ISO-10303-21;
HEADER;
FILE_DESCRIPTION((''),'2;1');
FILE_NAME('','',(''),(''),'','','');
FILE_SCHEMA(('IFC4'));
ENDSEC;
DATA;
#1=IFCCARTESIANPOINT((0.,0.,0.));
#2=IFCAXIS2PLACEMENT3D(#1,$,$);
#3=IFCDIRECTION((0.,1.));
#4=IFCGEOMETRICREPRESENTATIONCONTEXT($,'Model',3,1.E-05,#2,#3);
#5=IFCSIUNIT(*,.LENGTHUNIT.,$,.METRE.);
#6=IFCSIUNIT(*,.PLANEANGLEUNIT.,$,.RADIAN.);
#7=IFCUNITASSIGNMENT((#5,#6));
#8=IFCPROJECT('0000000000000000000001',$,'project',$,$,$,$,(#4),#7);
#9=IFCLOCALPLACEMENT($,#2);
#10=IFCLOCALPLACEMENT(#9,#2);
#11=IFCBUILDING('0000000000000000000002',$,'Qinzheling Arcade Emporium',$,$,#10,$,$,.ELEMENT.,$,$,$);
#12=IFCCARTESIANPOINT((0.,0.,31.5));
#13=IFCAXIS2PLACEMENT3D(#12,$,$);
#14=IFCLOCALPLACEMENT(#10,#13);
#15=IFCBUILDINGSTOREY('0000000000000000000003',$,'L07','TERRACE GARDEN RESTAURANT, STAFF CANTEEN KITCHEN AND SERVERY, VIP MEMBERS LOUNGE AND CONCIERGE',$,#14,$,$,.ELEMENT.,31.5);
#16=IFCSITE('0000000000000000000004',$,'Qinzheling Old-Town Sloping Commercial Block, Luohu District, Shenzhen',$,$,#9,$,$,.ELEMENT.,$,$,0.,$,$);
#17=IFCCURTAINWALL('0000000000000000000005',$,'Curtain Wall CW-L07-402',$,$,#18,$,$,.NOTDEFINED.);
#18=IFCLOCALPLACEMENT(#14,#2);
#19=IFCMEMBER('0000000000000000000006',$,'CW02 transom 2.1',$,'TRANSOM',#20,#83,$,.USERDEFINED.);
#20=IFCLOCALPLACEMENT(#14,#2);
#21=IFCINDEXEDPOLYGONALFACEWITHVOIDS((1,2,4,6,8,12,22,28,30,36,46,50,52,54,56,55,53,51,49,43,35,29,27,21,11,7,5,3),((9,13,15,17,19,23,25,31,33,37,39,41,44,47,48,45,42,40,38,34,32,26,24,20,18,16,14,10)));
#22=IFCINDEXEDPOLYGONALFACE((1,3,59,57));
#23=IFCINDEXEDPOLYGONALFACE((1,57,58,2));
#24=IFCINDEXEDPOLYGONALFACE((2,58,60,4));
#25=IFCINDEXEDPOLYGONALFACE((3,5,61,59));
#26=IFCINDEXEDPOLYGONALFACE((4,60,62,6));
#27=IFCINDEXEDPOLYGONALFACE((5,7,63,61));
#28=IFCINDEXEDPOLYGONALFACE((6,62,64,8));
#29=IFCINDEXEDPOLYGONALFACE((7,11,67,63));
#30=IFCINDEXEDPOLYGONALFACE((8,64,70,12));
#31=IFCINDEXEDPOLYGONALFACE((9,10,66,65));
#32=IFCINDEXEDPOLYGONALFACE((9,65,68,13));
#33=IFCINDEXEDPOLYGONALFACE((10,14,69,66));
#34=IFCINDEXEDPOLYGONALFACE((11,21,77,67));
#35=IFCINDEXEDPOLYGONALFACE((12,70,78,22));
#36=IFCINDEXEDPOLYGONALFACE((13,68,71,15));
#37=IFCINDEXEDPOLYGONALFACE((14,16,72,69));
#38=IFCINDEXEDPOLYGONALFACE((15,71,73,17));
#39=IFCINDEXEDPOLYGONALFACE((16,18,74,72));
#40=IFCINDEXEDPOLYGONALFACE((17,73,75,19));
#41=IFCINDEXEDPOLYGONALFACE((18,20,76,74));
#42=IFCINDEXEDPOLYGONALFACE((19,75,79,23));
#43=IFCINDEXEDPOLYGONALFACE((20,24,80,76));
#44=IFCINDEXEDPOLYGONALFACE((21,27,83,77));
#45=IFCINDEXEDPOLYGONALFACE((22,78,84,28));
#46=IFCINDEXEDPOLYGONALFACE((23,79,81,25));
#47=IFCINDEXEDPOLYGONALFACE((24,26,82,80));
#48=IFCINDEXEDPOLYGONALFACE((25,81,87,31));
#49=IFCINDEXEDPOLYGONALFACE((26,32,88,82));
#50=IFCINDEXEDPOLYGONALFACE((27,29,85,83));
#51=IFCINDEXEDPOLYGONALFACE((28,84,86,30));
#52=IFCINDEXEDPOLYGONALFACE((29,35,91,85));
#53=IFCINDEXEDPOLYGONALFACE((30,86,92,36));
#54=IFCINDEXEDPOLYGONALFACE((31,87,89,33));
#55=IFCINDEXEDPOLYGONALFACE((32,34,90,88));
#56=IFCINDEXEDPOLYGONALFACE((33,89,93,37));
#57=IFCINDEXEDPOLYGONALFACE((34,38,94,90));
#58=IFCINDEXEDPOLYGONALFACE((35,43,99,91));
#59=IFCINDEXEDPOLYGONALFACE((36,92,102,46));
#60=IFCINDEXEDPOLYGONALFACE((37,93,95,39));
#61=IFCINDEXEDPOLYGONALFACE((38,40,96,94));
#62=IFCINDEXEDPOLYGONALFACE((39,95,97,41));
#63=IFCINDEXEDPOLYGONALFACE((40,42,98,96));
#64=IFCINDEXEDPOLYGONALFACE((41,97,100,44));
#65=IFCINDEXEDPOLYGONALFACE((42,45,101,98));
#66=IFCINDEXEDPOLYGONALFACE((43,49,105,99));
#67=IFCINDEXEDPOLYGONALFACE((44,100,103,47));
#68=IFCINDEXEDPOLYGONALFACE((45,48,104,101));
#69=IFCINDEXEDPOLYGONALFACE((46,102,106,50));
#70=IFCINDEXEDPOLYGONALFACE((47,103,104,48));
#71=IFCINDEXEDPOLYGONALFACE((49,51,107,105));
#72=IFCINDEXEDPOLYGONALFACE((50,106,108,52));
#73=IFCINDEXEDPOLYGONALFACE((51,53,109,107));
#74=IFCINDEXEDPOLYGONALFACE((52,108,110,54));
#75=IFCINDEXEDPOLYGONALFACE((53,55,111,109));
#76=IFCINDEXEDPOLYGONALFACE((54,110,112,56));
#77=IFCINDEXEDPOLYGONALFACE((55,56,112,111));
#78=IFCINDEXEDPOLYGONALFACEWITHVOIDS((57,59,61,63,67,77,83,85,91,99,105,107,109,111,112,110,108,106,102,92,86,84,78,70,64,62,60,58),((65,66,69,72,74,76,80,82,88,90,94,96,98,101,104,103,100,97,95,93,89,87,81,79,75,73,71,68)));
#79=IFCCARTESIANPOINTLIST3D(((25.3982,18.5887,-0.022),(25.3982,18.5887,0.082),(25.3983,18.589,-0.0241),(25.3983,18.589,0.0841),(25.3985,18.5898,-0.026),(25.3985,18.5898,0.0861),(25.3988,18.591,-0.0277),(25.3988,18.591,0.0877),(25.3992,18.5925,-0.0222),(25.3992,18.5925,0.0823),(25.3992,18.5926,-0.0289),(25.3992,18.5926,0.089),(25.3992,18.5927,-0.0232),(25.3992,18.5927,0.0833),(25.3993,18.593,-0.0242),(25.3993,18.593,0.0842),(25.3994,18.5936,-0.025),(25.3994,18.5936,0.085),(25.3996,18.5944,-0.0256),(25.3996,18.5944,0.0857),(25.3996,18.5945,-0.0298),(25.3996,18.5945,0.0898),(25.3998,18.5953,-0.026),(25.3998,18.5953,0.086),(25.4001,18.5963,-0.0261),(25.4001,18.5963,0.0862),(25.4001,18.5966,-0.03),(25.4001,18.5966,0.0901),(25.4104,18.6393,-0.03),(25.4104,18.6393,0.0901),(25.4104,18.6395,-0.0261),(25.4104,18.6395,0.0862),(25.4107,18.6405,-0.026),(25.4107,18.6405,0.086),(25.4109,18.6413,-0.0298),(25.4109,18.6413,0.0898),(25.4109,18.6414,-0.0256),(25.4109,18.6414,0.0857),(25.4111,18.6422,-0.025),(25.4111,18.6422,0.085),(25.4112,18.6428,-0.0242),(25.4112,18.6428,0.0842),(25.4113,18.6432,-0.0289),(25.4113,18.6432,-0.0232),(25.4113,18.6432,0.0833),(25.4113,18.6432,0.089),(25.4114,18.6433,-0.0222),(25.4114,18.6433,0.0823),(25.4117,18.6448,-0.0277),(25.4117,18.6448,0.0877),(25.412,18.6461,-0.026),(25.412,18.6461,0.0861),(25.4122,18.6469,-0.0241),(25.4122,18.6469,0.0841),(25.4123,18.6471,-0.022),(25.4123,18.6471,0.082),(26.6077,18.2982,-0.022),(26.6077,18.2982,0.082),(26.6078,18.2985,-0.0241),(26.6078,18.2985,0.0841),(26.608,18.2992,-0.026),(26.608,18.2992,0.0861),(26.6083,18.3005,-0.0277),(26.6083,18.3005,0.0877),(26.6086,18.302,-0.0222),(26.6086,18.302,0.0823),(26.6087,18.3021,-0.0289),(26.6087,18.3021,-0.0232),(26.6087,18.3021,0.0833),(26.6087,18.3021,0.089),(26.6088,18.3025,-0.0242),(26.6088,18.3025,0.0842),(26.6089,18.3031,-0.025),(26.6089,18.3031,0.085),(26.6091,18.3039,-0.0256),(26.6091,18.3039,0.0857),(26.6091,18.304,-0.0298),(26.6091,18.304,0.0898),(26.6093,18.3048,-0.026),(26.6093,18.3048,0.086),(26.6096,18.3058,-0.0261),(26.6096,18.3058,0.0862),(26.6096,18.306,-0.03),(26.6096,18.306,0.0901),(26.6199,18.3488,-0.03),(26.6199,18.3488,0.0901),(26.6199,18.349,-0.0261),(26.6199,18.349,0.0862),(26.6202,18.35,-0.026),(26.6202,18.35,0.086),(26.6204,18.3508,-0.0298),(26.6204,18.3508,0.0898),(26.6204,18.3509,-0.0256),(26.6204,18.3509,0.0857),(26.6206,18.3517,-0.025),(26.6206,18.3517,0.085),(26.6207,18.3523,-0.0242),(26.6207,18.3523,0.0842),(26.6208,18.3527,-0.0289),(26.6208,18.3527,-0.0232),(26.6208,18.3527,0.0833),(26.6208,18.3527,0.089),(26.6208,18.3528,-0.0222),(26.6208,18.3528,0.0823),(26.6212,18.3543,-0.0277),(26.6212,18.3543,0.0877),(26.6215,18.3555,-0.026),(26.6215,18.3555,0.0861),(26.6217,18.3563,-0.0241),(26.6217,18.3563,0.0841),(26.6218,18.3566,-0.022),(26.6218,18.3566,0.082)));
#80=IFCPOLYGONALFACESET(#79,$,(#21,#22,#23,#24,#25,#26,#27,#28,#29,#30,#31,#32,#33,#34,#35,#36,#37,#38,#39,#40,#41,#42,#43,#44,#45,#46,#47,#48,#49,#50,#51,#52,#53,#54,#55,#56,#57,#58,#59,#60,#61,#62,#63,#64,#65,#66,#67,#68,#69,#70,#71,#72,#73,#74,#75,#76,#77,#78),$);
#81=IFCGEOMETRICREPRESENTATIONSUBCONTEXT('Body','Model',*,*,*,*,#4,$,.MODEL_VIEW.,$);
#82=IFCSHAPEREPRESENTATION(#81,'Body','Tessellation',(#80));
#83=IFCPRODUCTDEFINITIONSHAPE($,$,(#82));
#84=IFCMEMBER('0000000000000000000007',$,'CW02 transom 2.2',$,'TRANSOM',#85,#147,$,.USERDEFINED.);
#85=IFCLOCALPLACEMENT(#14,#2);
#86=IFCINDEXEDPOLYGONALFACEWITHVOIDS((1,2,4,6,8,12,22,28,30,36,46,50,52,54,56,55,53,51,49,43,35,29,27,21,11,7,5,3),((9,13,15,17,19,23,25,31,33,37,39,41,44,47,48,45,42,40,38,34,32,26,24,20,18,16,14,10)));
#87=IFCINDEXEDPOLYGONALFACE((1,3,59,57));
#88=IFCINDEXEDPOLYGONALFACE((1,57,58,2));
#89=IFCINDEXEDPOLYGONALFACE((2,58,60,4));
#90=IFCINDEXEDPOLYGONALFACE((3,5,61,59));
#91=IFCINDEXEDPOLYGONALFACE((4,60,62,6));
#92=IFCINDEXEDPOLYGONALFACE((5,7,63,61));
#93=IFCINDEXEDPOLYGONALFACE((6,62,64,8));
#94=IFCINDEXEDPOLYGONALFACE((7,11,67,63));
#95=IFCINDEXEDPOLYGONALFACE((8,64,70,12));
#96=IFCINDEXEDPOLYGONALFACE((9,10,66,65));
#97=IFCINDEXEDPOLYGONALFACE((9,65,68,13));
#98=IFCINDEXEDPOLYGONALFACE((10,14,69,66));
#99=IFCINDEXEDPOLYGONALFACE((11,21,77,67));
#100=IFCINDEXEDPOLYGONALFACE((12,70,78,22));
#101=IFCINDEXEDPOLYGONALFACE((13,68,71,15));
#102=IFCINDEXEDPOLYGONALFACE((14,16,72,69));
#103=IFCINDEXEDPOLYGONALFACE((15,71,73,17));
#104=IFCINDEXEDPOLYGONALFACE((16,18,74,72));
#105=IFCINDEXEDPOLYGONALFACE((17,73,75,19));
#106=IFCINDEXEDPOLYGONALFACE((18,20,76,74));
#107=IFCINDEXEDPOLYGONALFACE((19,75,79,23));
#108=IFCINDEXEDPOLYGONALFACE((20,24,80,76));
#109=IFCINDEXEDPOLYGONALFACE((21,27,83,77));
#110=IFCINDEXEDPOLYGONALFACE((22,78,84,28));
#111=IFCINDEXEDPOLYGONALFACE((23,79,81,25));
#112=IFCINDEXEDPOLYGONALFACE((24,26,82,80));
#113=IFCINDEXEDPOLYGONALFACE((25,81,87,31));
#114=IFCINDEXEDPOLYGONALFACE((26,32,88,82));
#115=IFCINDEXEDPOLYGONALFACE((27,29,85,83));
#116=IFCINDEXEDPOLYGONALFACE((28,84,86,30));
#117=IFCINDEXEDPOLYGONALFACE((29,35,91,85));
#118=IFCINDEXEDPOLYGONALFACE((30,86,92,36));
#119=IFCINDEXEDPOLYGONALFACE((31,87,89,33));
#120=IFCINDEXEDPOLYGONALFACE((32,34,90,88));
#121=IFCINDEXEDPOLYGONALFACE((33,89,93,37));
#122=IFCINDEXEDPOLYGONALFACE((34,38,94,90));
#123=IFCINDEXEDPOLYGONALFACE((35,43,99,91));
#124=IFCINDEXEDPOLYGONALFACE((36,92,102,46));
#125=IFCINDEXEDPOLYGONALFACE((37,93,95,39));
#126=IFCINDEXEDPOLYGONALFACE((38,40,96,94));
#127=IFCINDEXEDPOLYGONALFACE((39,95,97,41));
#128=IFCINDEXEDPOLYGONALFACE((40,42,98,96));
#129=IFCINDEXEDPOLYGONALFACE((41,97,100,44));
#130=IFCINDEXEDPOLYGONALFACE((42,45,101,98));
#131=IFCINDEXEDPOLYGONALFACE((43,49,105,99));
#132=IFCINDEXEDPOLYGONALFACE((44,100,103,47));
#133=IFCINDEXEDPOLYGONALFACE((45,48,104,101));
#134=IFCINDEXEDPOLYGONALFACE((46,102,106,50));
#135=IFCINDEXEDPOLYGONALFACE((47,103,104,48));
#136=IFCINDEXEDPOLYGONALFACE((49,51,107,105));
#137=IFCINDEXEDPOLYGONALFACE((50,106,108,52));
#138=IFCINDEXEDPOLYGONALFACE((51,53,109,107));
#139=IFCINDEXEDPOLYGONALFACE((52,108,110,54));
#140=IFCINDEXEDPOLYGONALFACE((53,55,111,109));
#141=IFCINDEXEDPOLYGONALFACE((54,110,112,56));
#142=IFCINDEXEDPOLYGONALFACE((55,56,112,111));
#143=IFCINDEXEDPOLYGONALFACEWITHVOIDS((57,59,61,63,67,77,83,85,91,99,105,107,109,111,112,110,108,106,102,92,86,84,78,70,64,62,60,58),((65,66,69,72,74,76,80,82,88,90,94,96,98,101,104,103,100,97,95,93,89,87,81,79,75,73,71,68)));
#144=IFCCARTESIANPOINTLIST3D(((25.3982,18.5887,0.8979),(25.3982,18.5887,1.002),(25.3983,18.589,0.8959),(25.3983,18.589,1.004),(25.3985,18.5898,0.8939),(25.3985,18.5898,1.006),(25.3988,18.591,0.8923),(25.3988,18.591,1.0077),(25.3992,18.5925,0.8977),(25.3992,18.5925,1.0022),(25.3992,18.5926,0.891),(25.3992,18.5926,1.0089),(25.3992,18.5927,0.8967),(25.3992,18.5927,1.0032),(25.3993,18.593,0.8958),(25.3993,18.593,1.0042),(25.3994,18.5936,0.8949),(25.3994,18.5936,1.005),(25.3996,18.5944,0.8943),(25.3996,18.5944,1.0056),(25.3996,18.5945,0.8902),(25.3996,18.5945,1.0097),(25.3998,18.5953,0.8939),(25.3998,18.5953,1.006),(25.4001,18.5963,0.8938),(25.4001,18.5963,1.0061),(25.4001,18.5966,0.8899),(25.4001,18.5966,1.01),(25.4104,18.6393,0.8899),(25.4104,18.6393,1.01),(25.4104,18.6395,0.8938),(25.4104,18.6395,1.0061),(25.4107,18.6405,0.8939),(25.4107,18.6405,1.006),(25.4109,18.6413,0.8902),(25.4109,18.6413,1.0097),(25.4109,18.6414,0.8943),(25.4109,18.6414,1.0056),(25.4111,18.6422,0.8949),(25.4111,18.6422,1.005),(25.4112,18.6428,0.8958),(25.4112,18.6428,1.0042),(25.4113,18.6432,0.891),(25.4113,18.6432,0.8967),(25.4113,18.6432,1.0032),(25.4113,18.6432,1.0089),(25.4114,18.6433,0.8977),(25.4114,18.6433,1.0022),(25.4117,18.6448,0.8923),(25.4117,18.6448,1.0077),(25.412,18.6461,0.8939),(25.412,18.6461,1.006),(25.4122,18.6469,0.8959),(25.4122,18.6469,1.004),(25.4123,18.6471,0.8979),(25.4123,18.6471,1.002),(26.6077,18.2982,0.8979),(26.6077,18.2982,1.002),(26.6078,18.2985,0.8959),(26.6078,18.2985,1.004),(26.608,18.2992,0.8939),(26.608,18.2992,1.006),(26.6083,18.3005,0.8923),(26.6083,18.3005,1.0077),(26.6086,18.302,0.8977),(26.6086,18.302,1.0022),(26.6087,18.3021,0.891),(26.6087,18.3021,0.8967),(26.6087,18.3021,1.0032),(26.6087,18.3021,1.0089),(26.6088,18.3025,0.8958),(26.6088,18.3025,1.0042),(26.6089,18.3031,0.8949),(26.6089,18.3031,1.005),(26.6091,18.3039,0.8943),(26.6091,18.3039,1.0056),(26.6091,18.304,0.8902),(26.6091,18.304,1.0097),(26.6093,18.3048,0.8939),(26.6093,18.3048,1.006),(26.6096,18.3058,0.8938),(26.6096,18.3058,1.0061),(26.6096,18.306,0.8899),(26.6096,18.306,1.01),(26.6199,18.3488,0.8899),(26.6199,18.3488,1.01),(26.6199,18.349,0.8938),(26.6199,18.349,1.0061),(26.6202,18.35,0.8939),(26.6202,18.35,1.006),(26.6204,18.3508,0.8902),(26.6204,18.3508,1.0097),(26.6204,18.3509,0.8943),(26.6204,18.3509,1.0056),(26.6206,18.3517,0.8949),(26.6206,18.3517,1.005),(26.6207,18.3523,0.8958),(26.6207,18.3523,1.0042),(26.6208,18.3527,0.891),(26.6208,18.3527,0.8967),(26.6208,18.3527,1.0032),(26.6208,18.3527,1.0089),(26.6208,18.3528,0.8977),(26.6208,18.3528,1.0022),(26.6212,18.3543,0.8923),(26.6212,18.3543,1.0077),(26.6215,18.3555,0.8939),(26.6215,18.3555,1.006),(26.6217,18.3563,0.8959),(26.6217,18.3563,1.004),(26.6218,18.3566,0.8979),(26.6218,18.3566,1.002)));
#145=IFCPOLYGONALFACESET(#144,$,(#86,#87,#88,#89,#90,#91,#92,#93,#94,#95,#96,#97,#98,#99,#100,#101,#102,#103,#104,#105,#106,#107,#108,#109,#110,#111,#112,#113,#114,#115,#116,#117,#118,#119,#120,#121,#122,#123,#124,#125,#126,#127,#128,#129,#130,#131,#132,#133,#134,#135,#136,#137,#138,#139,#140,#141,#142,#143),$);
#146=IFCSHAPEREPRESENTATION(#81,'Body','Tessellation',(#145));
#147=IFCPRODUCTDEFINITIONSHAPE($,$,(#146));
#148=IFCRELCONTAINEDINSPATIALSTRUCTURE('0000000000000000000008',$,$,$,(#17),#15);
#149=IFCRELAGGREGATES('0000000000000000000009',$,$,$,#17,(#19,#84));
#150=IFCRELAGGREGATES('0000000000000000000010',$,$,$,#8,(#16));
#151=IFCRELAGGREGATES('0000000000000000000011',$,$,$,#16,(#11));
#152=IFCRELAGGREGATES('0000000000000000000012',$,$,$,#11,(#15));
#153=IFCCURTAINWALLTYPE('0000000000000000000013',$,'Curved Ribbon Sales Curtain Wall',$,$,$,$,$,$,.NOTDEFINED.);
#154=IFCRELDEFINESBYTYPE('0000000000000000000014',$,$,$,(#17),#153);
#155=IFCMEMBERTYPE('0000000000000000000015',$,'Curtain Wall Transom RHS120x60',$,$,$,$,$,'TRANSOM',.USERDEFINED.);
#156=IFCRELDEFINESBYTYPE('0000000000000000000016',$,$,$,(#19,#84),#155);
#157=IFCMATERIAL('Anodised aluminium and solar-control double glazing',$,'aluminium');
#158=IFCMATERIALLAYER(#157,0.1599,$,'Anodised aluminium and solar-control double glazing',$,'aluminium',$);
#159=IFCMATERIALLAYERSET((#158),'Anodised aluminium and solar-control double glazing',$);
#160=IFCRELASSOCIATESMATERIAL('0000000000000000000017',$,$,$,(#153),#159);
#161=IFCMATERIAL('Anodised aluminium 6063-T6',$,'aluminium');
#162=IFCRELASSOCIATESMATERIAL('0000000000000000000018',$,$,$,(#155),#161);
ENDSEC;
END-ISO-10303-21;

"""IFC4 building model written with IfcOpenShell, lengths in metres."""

from ifc_helpers import new_model, si_unit, direction, frame, origin, origin_2d, place, context, subcontext, project, spatial, hollow_rectangle, extrude, material, layer, layer_set, material_profile, profile_set, type_object, element, aggregate, save


model = new_model("IFC4")

# Units and contexts
model_context = context("Model", 3, precision=1e-05, world=origin(), true_north=direction((0.0, 1.0)))
body_context = subcontext(model_context, "Body", "Model", "MODEL_VIEW")
ifc_project = project(units=[si_unit("LENGTHUNIT", "METRE"), si_unit("PLANEANGLEUNIT", "RADIAN")], contexts=[model_context])

# Site, building, storey
site_placement = place(None, origin())
site = spatial("IfcSite", under=ifc_project, at=site_placement, Name="Qinzheling Old-Town Sloping Commercial Block, Luohu District, Shenzhen", CompositionType="ELEMENT", RefElevation=0.0)
building_placement = place(site_placement, origin())
building = spatial("IfcBuilding", under=site, at=building_placement, Name="Qinzheling Arcade Emporium", CompositionType="ELEMENT")
storey_placement = place(building_placement, frame((0.0, 0.0, 31.5)))
storey = spatial("IfcBuildingStorey", under=building, at=storey_placement, Name="L07", Description="TERRACE GARDEN RESTAURANT, STAFF CANTEEN KITCHEN AND SERVERY, VIP MEMBERS LOUNGE AND CONCIERGE", CompositionType="ELEMENT", Elevation=31.5)

# Curtain wall
ifc_material_1 = material(Name="Anodised aluminium and solar-control double glazing", Category="aluminium")
ifc_layer_1 = layer(ifc_material_1, 0.1599, Name="Anodised aluminium and solar-control double glazing", Category="aluminium")
ifc_layer_set_1 = layer_set([ifc_layer_1], Name="Anodised aluminium and solar-control double glazing")
curtain_wall_type = type_object("IfcCurtainWallType", Name="Curved Ribbon Sales Curtain Wall", PredefinedType="NOTDEFINED", material=ifc_layer_set_1)
curtain_wall_1_placement = place(storey_placement, origin())
curtain_wall_1 = element("IfcCurtainWall", 1, at=curtain_wall_1_placement, inside=storey, type_object=curtain_wall_type, Name="Curtain Wall CW-L07-402", PredefinedType="NOTDEFINED")
ifc_material_2 = material(Name="Anodised aluminium 6063-T6", Category="aluminium")

# Members
ifc_material_profile_1 = material_profile(ifc_material_2, hollow_rectangle(XDim=0.0601, YDim=0.1201, WallThickness=0.0039, InnerFilletRadius=0.0039, OuterFilletRadius=0.0081, at=origin_2d()), Name="RHS 120x60x4", Category="aluminium")
ifc_profile_set_1 = profile_set([ifc_material_profile_1], Name="Anodised aluminium 6063-T6")
member_type_1 = type_object("IfcMemberType", Name="Curtain Wall Transom RHS120x60", ElementType="TRANSOM", PredefinedType="USERDEFINED", material=ifc_profile_set_1)
member_1_placement = place(storey_placement, frame((26.6147, 18.3274, 0.03), z_axis=(-0.972341, 0.233566, 0.0), x_axis=(-0.233566, -0.972341, 0.0)))
member_1 = element("IfcMember", 2, at=member_1_placement, type_object=member_type_1, Name="CW02 transom 2.1", ObjectType="TRANSOM", PredefinedType="USERDEFINED", context=body_context, shape_type="SweptSolid", body=[
    extrude(hollow_rectangle(XDim=0.0601, YDim=0.1201, WallThickness=0.0039, InnerFilletRadius=0.0039, OuterFilletRadius=0.0081, at=origin_2d()), origin(), (0.0, 0.0, 1.0), 1.2439),
])
member_2_placement = place(storey_placement, frame((26.6147, 18.3274, 0.95), z_axis=(-0.972341, 0.233566, 0.0), x_axis=(-0.233566, -0.972341, 0.0)))
member_2 = element("IfcMember", 3, at=member_2_placement, type_object=member_type_1, Name="CW02 transom 2.2", ObjectType="TRANSOM", PredefinedType="USERDEFINED", context=body_context, shape_type="SweptSolid", body=[
    extrude(hollow_rectangle(XDim=0.0601, YDim=0.1201, WallThickness=0.0039, InnerFilletRadius=0.0039, OuterFilletRadius=0.0081, at=origin_2d()), origin(), (0.0, 0.0, 1.0), 1.2439),
])

aggregate(curtain_wall_1, [member_1, member_2])

save(model, "model.ifc")
